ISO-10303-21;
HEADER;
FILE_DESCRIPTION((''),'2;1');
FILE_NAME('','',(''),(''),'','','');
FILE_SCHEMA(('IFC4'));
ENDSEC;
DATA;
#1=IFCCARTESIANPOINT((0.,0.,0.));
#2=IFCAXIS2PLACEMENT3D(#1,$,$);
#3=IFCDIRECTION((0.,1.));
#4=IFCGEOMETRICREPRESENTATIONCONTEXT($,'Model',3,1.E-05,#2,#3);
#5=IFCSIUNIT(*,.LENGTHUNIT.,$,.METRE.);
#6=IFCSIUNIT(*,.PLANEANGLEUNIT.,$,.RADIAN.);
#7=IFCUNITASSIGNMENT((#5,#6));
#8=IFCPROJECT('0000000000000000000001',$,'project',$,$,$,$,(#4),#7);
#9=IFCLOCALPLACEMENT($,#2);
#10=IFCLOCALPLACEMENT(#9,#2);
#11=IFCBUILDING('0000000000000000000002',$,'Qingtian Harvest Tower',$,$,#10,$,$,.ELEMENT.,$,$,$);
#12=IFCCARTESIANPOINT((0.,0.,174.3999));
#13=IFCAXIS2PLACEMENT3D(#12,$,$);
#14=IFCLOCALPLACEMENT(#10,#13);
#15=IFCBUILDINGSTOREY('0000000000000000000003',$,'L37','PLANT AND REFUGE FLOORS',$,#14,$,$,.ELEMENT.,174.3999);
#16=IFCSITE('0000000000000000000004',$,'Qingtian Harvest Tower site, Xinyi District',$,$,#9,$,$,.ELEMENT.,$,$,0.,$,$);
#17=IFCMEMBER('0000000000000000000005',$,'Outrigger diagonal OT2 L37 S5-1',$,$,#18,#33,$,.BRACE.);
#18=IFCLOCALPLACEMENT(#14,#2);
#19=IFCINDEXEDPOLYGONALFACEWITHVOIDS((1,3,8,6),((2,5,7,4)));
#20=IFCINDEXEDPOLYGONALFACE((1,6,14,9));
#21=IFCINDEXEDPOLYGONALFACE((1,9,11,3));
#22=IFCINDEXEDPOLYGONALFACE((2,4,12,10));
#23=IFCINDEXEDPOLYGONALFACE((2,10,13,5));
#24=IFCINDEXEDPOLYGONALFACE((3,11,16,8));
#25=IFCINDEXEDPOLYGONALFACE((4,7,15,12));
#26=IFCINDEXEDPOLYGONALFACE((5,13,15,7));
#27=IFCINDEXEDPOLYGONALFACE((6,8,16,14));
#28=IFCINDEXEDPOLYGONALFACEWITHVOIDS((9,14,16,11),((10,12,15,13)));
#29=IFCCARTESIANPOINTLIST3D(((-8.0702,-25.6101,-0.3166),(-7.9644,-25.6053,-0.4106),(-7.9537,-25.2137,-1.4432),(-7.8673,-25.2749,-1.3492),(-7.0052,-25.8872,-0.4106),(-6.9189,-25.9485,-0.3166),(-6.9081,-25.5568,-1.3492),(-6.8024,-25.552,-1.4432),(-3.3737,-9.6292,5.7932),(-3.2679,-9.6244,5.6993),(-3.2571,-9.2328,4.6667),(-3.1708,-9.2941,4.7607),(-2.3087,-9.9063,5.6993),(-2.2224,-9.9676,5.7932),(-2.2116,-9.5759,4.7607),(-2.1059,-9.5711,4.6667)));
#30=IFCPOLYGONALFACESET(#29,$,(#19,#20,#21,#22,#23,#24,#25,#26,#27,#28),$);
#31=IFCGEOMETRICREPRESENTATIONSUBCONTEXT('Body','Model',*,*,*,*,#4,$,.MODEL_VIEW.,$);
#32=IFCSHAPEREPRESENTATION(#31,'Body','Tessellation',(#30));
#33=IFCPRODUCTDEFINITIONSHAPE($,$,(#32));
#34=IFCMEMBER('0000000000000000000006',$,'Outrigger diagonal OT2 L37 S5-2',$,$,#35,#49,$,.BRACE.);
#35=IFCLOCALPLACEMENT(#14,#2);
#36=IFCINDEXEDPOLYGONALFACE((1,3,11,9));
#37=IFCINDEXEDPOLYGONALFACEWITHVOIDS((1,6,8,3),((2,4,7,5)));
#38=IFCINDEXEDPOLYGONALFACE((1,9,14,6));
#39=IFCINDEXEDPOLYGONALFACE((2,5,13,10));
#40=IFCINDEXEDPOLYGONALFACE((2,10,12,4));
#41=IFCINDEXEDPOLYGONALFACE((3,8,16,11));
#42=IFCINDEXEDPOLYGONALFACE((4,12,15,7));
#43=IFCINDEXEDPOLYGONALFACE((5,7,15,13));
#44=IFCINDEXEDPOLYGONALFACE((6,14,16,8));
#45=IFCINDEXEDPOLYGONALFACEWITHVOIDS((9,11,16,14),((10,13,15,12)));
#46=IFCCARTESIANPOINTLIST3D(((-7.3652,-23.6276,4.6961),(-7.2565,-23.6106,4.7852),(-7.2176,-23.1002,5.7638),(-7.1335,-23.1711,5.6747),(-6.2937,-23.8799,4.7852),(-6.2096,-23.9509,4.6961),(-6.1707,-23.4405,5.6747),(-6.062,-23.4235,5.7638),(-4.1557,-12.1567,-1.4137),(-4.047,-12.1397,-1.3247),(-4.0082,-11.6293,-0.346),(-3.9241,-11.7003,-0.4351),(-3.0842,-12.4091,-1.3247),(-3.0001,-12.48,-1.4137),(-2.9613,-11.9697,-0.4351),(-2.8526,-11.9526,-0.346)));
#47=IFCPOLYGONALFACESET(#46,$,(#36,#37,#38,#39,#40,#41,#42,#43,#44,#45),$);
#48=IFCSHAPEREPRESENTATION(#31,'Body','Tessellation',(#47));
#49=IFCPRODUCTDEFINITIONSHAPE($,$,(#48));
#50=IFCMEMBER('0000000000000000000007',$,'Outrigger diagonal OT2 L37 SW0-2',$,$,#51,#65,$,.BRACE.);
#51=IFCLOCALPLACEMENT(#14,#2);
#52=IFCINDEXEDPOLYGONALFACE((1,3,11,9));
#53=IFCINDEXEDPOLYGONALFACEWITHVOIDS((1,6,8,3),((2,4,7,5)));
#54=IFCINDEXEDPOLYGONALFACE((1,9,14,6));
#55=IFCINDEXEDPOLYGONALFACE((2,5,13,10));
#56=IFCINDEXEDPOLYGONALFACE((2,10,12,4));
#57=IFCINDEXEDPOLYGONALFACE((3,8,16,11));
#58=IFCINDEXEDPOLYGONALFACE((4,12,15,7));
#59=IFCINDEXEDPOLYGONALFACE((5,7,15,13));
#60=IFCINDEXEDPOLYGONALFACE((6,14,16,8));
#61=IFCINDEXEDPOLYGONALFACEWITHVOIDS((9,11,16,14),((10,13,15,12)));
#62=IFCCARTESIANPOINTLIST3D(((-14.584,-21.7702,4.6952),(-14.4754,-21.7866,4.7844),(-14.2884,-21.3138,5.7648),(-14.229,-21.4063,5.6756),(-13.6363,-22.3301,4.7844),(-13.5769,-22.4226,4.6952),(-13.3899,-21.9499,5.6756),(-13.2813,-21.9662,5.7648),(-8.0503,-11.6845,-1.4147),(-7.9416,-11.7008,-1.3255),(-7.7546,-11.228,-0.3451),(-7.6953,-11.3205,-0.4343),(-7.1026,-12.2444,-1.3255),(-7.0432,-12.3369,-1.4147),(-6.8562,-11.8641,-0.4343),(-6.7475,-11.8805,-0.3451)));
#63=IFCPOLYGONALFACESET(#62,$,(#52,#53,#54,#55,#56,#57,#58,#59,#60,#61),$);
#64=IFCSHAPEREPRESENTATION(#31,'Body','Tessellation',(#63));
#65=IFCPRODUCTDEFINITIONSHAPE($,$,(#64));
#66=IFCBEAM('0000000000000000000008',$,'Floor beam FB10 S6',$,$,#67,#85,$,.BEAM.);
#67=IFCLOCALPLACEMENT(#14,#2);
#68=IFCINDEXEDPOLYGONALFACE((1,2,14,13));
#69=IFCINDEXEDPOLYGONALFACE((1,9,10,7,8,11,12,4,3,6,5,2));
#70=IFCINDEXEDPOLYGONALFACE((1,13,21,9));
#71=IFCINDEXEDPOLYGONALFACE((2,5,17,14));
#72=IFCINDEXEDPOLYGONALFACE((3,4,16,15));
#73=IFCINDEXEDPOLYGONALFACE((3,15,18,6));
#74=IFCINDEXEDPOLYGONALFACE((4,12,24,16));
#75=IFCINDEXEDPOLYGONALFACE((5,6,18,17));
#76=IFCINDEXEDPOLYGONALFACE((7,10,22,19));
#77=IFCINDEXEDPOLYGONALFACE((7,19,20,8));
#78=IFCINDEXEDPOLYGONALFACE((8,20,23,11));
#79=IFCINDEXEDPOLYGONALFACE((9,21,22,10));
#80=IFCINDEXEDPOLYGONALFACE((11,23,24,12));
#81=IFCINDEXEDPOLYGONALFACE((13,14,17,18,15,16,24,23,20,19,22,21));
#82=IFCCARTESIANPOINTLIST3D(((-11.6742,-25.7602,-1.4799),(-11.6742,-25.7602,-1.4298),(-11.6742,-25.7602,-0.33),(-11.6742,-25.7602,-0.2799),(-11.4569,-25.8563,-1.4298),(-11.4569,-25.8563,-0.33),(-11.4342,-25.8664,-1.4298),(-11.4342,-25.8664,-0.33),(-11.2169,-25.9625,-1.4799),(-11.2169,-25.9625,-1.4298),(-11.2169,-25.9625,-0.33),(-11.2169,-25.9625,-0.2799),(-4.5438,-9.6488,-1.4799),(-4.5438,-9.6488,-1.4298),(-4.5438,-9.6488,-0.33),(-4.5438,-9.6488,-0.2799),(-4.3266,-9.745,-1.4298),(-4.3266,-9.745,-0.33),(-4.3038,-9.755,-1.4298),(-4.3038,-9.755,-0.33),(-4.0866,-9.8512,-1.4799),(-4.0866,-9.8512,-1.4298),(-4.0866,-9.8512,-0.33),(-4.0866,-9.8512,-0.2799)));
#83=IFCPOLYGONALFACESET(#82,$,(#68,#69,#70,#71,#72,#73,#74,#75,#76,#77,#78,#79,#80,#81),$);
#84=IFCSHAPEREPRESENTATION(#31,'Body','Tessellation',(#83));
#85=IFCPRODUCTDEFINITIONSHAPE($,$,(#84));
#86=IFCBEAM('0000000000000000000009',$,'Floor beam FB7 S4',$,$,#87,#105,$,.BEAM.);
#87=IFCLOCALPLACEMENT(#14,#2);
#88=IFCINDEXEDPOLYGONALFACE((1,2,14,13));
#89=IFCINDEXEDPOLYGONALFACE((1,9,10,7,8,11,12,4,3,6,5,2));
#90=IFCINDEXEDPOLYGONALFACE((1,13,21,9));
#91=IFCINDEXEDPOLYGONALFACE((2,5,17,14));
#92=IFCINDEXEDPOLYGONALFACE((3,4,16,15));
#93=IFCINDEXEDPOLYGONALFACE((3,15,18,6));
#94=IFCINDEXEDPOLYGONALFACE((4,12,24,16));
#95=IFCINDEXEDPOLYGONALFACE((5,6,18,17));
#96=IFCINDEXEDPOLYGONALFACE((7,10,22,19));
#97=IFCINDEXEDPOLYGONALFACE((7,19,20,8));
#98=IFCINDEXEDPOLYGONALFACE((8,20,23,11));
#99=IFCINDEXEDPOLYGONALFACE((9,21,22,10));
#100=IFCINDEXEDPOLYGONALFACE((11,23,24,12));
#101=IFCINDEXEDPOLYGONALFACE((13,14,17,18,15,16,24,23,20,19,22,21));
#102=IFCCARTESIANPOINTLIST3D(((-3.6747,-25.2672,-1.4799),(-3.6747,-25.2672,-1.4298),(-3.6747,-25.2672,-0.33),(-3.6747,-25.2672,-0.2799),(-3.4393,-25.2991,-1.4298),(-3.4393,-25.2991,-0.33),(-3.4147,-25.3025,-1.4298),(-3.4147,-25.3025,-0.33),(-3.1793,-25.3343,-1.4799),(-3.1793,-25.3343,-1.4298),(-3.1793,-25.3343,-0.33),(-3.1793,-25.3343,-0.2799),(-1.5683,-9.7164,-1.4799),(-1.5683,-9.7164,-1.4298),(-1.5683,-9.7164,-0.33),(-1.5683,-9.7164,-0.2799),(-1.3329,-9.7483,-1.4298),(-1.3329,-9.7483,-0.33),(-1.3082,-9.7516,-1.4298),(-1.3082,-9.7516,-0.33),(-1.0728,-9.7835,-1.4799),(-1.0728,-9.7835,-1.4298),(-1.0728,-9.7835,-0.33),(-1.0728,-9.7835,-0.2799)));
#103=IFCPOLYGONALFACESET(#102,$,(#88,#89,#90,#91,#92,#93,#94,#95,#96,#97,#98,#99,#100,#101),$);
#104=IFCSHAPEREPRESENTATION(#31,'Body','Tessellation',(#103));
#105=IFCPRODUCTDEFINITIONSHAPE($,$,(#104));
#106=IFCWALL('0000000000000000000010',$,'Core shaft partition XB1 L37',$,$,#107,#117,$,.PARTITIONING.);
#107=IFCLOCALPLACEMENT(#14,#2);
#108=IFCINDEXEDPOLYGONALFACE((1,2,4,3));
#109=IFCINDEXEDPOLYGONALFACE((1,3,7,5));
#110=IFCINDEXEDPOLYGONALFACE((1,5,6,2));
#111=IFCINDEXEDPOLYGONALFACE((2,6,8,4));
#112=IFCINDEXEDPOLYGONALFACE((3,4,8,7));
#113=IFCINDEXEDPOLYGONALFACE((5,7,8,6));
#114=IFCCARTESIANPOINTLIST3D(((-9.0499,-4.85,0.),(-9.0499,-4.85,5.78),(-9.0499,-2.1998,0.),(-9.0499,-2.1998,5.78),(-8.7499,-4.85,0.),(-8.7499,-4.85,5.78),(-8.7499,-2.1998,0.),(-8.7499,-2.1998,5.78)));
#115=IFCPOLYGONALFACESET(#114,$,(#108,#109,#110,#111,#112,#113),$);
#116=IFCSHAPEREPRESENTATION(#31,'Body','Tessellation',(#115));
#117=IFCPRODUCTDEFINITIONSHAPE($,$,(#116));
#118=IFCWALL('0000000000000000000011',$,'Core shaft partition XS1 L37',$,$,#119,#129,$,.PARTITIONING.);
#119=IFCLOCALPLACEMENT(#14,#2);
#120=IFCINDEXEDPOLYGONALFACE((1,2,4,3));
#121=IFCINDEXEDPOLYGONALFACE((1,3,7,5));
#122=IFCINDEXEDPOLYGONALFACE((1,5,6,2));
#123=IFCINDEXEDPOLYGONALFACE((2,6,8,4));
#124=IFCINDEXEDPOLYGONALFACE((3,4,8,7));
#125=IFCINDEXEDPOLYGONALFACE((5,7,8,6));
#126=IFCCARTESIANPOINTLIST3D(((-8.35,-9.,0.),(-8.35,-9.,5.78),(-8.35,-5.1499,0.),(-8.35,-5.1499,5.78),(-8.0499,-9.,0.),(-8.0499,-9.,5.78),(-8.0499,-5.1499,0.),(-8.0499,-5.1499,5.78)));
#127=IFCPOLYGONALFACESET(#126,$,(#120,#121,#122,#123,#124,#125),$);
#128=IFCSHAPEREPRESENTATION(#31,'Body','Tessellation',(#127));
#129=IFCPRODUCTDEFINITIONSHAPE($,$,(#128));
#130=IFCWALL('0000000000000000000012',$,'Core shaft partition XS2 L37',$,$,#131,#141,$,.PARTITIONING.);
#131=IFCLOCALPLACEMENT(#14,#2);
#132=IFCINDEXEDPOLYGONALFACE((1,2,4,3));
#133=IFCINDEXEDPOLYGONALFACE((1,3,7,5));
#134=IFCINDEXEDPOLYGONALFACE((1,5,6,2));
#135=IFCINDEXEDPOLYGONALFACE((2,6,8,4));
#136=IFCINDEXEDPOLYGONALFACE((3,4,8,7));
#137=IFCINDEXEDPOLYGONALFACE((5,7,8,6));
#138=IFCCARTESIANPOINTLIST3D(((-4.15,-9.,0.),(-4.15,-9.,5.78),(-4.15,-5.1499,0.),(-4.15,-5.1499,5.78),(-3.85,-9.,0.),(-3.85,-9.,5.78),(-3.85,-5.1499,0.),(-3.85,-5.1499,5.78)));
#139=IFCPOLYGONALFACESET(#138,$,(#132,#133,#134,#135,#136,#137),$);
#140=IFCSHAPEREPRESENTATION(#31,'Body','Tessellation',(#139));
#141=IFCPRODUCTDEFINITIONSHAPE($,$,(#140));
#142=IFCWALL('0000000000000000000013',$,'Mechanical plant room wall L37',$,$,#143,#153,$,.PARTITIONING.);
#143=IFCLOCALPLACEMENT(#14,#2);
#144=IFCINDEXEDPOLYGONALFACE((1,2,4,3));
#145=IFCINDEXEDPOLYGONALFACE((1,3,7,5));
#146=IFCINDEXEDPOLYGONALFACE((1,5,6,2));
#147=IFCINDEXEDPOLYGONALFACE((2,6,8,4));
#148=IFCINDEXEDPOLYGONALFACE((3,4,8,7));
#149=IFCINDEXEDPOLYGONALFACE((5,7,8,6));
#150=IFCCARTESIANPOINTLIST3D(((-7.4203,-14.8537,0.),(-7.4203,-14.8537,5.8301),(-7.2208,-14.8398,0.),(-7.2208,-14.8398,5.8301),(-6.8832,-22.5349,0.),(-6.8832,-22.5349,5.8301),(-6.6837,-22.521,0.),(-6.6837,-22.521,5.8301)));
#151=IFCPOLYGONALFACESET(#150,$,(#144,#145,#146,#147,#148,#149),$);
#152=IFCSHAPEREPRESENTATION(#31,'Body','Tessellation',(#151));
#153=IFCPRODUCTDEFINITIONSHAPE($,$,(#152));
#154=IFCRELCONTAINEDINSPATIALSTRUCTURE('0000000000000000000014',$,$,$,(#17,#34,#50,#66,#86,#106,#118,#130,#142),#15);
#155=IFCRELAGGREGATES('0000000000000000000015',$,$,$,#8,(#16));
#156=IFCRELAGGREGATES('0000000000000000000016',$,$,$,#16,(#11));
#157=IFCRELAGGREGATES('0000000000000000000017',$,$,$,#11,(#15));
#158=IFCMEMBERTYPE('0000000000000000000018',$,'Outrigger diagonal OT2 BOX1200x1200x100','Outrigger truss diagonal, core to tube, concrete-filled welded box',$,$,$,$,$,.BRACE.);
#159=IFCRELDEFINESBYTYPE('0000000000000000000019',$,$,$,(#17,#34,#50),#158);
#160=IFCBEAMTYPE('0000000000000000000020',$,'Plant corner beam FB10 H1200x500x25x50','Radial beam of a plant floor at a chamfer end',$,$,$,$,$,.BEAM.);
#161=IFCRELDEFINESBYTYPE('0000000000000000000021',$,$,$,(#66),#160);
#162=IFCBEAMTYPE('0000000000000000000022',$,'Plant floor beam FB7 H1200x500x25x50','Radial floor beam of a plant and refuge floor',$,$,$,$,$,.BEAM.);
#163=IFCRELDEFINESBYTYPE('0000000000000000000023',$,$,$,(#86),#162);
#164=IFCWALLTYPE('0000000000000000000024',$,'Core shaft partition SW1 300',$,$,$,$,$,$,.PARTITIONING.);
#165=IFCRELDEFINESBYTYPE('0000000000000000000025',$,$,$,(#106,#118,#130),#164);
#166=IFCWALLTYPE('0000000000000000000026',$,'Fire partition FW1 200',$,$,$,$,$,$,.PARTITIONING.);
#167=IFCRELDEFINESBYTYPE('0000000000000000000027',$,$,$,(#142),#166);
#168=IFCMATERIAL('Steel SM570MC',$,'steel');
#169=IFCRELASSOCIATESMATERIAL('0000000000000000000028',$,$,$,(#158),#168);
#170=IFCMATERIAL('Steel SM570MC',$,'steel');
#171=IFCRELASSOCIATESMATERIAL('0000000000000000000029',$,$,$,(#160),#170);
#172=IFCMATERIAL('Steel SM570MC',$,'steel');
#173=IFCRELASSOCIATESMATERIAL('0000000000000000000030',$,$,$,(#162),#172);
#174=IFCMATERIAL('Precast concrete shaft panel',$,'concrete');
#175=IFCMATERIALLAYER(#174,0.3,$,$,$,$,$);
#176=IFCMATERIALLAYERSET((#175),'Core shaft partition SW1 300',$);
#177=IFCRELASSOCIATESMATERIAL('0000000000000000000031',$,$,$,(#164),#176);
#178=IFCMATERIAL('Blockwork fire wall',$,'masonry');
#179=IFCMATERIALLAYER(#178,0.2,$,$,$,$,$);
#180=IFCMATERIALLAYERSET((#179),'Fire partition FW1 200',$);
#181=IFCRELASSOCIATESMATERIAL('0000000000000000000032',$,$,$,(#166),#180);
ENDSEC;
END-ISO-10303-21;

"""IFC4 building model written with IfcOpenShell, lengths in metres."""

from ifc_helpers import new_model, si_unit, direction, frame, frame_2d, origin, origin_2d, place, context, subcontext, project, spatial, rectangle, hollow_rectangle, i_section, extrude, material, layer, layer_set, material_profile, profile_set, type_object, element, save


model = new_model("IFC4")

# Units and contexts
model_context = context("Model", 3, precision=1e-05, world=origin(), true_north=direction((0.0, 1.0)))
body_context = subcontext(model_context, "Body", "Model", "MODEL_VIEW")
ifc_project = project(units=[si_unit("LENGTHUNIT", "METRE"), si_unit("PLANEANGLEUNIT", "RADIAN")], contexts=[model_context])

# Site, building, storey
site_placement = place(None, origin())
site = spatial("IfcSite", under=ifc_project, at=site_placement, Name="Qingtian Harvest Tower site, Xinyi District", CompositionType="ELEMENT", RefElevation=0.0)
building_placement = place(site_placement, origin())
building = spatial("IfcBuilding", under=site, at=building_placement, Name="Qingtian Harvest Tower", CompositionType="ELEMENT")
storey_placement = place(building_placement, frame((0.0, 0.0, 174.3999)))
storey = spatial("IfcBuildingStorey", under=building, at=storey_placement, Name="L37", Description="PLANT AND REFUGE FLOORS", CompositionType="ELEMENT", Elevation=174.3999)

# Members
ifc_material_1 = material(Name="Steel SM570MC", Category="steel")
ifc_material_profile_1 = material_profile(ifc_material_1, hollow_rectangle(XDim=1.2, YDim=1.2, WallThickness=0.1001, at=origin_2d()), Name="BOX1200x1200x100")
ifc_profile_set_1 = profile_set([ifc_material_profile_1], Name="Steel SM570MC")
member_type_1 = type_object("IfcMemberType", Name="Outrigger diagonal OT2 BOX1200x1200x100", Description="Outrigger truss diagonal, core to tube, concrete-filled welded box", PredefinedType="BRACE", material=ifc_profile_set_1)
member_1_placement = place(storey_placement, frame((-7.4363, -25.5811, -0.8799), z_axis=(0.264713, 0.900741, 0.344373), x_axis=(-0.959426, 0.281959, 0.0)))
element("IfcMember", 1, at=member_1_placement, inside=storey, type_object=member_type_1, Name="Outrigger diagonal OT2 L37 S5-1", PredefinedType="BRACE", context=body_context, shape_type="SweptSolid", body=[
    extrude(hollow_rectangle(XDim=1.2, YDim=1.2, WallThickness=0.1001, at=origin_2d()), origin(), (0.0, 0.0, 1.0), 17.7419),
])
member_2_placement = place(storey_placement, frame((-3.5042, -12.0547, -0.8799), z_axis=(-0.239744, -0.856867, 0.4564), x_axis=(0.963016, -0.269444, 0.0)))
element("IfcMember", 2, at=member_2_placement, inside=storey, type_object=member_type_1, Name="Outrigger diagonal OT2 L37 S5-2", PredefinedType="BRACE", context=body_context, shape_type="SweptSolid", body=[
    extrude(hollow_rectangle(XDim=1.2, YDim=1.2, WallThickness=0.1001, at=origin_2d()), origin(), (0.0, 0.0, 1.0), 13.387),
])
member_3_placement = place(storey_placement, frame((-7.3989, -11.7825, -0.8799), z_axis=(-0.484655, -0.748134, 0.453216), x_axis=(0.83928, -0.5437, 0.0)))
element("IfcMember", 3, at=member_3_placement, inside=storey, type_object=member_type_1, Name="Outrigger diagonal OT2 L37 SW0-2", PredefinedType="BRACE", context=body_context, shape_type="SweptSolid", body=[
    extrude(hollow_rectangle(XDim=1.2, YDim=1.2, WallThickness=0.1001, at=origin_2d()), origin(), (0.0, 0.0, 1.0), 13.4812),
])

# Beams
ifc_material_2 = material(Name="Steel SM570MC", Category="steel")
ifc_material_profile_2 = material_profile(ifc_material_2, i_section(OverallWidth=0.5, OverallDepth=1.2, WebThickness=0.0249, FlangeThickness=0.05, at=origin_2d()), Name="H1200x500x25x50")
ifc_profile_set_2 = profile_set([ifc_material_profile_2], Name="Steel SM570MC")
beam_type_1 = type_object("IfcBeamType", Name="Plant corner beam FB10 H1200x500x25x50", Description="Radial beam of a plant floor at a chamfer end", PredefinedType="BEAM", material=ifc_profile_set_2)
beam_1_placement = place(storey_placement, frame((-11.4456, -25.8613, -0.8799), z_axis=(0.404706, 0.914447, 0.0), x_axis=(-0.914447, 0.404706, 0.0)))
element("IfcBeam", 4, at=beam_1_placement, inside=storey, type_object=beam_type_1, Name="Floor beam FB10 S6", PredefinedType="BEAM", context=body_context, shape_type="SweptSolid", body=[
    extrude(i_section(OverallWidth=0.5, OverallDepth=1.2, WebThickness=0.0249, FlangeThickness=0.05, at=origin_2d()), origin(), (0.0, 0.0, 1.0), 17.6187),
])
ifc_material_3 = material(Name="Steel SM570MC", Category="steel")
ifc_material_profile_3 = material_profile(ifc_material_3, i_section(OverallWidth=0.5, OverallDepth=1.2, WebThickness=0.0249, FlangeThickness=0.05, at=origin_2d()), Name="H1200x500x25x50")
ifc_profile_set_3 = profile_set([ifc_material_profile_3], Name="Steel SM570MC")
beam_type_2 = type_object("IfcBeamType", Name="Plant floor beam FB7 H1200x500x25x50", Description="Radial floor beam of a plant and refuge floor", PredefinedType="BEAM", material=ifc_profile_set_3)
beam_2_placement = place(storey_placement, frame((-3.427, -25.3008, -0.8799), z_axis=(0.13423, 0.99095, 0.0), x_axis=(-0.99095, 0.13423, 0.0)))
element("IfcBeam", 5, at=beam_2_placement, inside=storey, type_object=beam_type_2, Name="Floor beam FB7 S4", PredefinedType="BEAM", context=body_context, shape_type="SweptSolid", body=[
    extrude(i_section(OverallWidth=0.5, OverallDepth=1.2, WebThickness=0.0249, FlangeThickness=0.05, at=origin_2d()), origin(), (0.0, 0.0, 1.0), 15.6929),
])

# Walls
ifc_material_4 = material(Name="Precast concrete shaft panel", Category="concrete")
ifc_layer_1 = layer(ifc_material_4, 0.3)
ifc_layer_set_1 = layer_set([ifc_layer_1], Name="Core shaft partition SW1 300")
wall_type_1 = type_object("IfcWallType", Name="Core shaft partition SW1 300", PredefinedType="PARTITIONING", material=ifc_layer_set_1)
wall_1_placement = place(storey_placement, frame((-8.8999, -4.8501, 0.0), z_axis=(0.0, 0.0, 1.0), x_axis=(0.0, 1.0, 0.0)))
element("IfcWall", 6, at=wall_1_placement, inside=storey, type_object=wall_type_1, Name="Core shaft partition XB1 L37", PredefinedType="PARTITIONING", context=body_context, shape_type="SweptSolid", body=[
    extrude(rectangle(XDim=2.6501, YDim=0.3, at=frame_2d((1.3252, 0.0))), origin(), (0.0, 0.0, 1.0), 5.78),
])
for number, where, z_axis, x_axis, name in (
    (7, (-8.2, -9.0, 0.0), (0.0, 0.0, 1.0), (0.0, 1.0, 0.0), "Core shaft partition XS1 L37"),
    (8, (-4.0, -9.0, 0.0), (0.0, 0.0, 1.0), (0.0, 1.0, 0.0), "Core shaft partition XS2 L37"),
):
    element("IfcWall", number, at=place(storey_placement, frame(where, z_axis=z_axis, x_axis=x_axis)), inside=storey, type_object=wall_type_1, Name=name, PredefinedType="PARTITIONING", context=body_context, shape_type="SweptSolid", body=[
        extrude(rectangle(XDim=3.8501, YDim=0.3, at=frame_2d((1.925, 0.0))), origin(), (0.0, 0.0, 1.0), 5.78),
    ])

# Wall
ifc_material_5 = material(Name="Blockwork fire wall", Category="masonry")
ifc_layer_2 = layer(ifc_material_5, 0.2)
ifc_layer_set_2 = layer_set([ifc_layer_2], Name="Fire partition FW1 200")
wall_type_2 = type_object("IfcWallType", Name="Fire partition FW1 200", PredefinedType="PARTITIONING", material=ifc_layer_set_2)
wall_2_placement = place(storey_placement, frame((-6.7834, -22.5281, 0.0), z_axis=(0.0, 0.0, 1.0), x_axis=(-0.069755, 0.997564, 0.0)))
element("IfcWall", 9, at=wall_2_placement, inside=storey, type_object=wall_type_2, Name="Mechanical plant room wall L37", PredefinedType="PARTITIONING", context=body_context, shape_type="SweptSolid", body=[
    extrude(rectangle(XDim=7.7, YDim=0.2, at=frame_2d((3.8501, 0.0))), origin(), (0.0, 0.0, 1.0), 5.8301),
])

save(model, "model.ifc")
